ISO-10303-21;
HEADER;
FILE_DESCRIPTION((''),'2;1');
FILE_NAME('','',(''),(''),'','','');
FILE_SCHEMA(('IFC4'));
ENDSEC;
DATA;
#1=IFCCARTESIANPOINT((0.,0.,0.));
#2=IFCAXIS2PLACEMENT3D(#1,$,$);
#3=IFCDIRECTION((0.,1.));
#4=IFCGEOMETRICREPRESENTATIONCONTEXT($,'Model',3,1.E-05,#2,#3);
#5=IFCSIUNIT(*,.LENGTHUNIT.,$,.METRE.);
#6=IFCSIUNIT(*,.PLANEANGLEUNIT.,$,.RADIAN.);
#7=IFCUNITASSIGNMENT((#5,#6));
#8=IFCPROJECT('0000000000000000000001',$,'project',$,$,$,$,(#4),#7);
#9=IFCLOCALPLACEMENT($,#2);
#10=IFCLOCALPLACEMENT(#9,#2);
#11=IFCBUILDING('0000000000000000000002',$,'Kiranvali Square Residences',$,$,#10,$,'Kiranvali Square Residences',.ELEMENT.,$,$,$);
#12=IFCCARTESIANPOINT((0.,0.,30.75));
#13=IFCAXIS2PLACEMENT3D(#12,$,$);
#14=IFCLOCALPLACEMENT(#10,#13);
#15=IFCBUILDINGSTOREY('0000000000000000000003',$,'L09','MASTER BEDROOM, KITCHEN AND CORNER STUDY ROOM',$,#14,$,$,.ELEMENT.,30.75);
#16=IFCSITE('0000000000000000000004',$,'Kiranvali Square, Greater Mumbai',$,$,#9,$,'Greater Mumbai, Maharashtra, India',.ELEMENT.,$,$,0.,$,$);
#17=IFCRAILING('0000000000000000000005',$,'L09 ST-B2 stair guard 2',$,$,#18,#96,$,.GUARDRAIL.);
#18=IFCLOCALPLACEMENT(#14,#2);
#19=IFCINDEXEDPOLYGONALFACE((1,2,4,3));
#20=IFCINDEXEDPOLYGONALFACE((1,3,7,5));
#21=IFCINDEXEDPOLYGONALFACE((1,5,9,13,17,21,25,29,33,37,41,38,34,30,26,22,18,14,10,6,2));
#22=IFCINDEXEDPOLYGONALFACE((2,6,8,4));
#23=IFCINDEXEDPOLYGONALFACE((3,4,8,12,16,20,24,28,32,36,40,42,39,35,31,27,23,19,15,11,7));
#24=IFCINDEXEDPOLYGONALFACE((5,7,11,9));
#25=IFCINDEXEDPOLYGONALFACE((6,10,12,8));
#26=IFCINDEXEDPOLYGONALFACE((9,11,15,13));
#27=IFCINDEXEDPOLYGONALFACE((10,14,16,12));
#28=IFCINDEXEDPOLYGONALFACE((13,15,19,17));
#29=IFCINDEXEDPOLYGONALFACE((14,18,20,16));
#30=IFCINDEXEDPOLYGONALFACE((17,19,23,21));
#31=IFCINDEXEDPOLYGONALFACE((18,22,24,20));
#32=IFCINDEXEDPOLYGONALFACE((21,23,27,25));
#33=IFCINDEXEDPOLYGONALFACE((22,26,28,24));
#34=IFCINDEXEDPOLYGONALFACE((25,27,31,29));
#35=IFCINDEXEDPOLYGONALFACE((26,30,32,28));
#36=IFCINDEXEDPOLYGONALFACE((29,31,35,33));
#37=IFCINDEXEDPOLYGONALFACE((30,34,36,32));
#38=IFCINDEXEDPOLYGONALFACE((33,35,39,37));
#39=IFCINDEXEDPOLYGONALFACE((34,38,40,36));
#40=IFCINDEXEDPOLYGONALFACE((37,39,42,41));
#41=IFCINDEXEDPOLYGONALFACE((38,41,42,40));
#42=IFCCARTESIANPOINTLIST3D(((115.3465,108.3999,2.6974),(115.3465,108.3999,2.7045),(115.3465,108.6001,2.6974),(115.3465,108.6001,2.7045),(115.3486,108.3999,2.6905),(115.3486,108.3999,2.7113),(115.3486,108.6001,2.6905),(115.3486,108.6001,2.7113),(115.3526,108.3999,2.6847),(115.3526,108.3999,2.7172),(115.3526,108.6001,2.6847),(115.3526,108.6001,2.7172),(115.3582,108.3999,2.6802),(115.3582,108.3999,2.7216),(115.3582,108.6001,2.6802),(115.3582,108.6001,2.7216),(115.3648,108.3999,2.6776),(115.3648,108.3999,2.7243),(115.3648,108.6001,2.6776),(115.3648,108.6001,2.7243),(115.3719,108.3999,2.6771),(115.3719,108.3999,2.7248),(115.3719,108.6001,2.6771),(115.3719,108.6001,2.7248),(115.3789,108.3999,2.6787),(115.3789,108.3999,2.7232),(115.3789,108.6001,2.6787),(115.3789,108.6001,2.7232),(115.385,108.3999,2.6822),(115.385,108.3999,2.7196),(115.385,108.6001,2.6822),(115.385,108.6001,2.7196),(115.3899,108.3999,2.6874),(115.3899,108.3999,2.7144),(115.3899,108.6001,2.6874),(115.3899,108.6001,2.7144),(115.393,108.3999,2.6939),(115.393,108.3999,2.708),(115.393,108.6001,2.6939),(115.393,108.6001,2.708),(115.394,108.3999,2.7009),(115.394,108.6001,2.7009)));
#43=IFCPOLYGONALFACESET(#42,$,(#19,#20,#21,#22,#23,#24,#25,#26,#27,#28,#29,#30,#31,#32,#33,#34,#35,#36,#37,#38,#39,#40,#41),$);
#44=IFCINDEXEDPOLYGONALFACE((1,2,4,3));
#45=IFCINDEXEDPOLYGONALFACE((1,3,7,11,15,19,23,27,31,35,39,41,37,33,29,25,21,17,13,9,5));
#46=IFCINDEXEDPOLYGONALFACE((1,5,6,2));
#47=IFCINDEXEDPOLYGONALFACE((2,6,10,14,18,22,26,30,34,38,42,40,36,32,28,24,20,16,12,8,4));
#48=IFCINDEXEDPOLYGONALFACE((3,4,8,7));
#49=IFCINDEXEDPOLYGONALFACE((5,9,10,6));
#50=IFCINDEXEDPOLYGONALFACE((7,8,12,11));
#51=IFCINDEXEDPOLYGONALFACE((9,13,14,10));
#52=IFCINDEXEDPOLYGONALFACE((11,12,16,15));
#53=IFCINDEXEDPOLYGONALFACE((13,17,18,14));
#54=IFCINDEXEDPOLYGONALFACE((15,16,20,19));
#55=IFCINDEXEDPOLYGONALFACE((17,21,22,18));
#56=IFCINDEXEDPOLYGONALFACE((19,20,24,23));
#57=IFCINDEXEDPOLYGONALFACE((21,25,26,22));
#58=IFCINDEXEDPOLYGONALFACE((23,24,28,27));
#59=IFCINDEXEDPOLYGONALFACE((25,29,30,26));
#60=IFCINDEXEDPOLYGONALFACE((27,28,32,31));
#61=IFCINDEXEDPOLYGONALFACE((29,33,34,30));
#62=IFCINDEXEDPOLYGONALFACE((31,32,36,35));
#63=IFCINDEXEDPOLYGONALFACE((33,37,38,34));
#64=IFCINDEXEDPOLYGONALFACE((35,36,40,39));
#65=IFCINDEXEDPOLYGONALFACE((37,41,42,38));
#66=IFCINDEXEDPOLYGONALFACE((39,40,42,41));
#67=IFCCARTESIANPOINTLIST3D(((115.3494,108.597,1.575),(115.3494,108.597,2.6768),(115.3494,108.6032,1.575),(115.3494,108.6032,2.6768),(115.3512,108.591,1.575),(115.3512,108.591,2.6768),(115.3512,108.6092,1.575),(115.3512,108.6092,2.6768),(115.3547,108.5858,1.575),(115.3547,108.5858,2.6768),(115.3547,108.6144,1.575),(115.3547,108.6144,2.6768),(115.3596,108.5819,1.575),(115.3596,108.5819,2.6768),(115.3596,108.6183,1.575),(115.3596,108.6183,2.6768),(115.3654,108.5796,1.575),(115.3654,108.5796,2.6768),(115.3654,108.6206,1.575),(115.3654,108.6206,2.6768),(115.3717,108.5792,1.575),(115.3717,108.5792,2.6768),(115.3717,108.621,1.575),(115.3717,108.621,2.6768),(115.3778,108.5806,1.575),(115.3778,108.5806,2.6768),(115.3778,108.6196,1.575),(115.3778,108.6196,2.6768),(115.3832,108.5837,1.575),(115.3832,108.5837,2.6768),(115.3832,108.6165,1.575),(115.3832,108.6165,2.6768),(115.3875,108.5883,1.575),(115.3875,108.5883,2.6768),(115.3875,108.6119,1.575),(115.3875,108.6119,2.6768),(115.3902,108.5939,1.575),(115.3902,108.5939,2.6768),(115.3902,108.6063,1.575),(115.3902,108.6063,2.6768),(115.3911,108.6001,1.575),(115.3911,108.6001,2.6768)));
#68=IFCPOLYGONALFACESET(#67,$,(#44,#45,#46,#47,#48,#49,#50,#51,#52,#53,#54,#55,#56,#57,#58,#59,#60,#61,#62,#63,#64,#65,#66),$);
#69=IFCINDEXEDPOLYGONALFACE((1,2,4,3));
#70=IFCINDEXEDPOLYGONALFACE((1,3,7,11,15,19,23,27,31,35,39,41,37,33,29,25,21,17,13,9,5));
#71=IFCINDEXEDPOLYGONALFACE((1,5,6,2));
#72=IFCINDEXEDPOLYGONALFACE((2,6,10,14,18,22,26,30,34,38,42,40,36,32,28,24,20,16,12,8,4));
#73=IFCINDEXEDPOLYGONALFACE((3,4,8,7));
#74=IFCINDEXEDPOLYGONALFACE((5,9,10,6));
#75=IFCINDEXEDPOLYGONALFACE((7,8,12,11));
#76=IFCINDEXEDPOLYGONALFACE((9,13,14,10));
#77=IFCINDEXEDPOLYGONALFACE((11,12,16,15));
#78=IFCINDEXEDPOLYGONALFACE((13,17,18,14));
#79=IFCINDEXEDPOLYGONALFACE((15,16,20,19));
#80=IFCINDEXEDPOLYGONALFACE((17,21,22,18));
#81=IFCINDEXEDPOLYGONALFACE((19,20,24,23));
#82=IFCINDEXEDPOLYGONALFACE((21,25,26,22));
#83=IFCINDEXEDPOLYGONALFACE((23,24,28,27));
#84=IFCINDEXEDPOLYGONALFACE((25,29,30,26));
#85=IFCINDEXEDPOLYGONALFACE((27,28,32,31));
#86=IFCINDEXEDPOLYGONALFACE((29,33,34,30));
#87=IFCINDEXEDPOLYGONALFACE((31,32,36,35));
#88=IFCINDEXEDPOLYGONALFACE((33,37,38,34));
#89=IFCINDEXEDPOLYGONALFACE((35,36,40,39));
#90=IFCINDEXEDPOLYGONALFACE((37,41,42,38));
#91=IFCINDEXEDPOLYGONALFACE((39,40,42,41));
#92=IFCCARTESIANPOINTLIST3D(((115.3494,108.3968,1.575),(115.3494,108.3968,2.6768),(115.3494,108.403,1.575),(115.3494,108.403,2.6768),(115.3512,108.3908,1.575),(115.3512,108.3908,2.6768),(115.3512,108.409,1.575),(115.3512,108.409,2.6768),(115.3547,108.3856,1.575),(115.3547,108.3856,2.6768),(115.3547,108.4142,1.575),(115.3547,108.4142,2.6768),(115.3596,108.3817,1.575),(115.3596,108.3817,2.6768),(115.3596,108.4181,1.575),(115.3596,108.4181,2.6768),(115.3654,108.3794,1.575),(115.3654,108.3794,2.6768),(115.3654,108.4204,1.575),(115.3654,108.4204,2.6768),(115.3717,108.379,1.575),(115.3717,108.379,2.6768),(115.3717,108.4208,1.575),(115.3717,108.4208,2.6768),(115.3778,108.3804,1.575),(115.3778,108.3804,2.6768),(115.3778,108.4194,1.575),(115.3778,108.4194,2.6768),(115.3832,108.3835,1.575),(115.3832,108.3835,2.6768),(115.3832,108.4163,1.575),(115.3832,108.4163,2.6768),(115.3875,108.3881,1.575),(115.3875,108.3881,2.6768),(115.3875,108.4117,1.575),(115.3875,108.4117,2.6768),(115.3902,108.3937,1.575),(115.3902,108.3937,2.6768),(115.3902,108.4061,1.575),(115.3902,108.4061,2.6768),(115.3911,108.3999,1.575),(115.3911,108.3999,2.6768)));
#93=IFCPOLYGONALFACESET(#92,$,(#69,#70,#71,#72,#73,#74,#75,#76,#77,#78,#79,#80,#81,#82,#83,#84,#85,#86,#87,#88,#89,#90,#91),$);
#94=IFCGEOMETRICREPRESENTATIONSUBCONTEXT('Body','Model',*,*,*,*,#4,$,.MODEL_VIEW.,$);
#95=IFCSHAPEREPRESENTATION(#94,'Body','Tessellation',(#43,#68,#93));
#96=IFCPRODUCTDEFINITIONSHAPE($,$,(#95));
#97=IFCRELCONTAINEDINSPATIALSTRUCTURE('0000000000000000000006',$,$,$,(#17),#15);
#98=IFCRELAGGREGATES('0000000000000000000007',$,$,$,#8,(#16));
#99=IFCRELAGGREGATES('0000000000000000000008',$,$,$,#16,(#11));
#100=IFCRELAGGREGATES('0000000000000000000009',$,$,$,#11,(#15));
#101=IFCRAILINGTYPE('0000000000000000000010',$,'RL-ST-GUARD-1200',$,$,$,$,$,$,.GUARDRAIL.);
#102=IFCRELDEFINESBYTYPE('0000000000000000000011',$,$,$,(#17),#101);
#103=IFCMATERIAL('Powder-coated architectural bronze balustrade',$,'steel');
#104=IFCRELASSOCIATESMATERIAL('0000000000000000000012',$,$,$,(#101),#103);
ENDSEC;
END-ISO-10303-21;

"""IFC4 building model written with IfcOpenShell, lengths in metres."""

from ifc_helpers import new_model, si_unit, direction, frame, origin, origin_2d, place, context, subcontext, project, spatial, circle, extrude, material, type_object, element, save


model = new_model("IFC4")

# Units and contexts
model_context = context("Model", 3, precision=1e-05, world=origin(), true_north=direction((0.0, 1.0)))
body_context = subcontext(model_context, "Body", "Model", "MODEL_VIEW")
ifc_project = project(units=[si_unit("LENGTHUNIT", "METRE"), si_unit("PLANEANGLEUNIT", "RADIAN")], contexts=[model_context])

# Site, building, storey
site_placement = place(None, origin())
site = spatial("IfcSite", under=ifc_project, at=site_placement, Name="Kiranvali Square, Greater Mumbai", LongName="Greater Mumbai, Maharashtra, India", CompositionType="ELEMENT", RefElevation=0.0)
building_placement = place(site_placement, origin())
building = spatial("IfcBuilding", under=site, at=building_placement, Name="Kiranvali Square Residences", LongName="Kiranvali Square Residences", CompositionType="ELEMENT")
storey_placement = place(building_placement, frame((0.0, 0.0, 30.75)))
storey = spatial("IfcBuildingStorey", under=building, at=storey_placement, Name="L09", Description="MASTER BEDROOM, KITCHEN AND CORNER STUDY ROOM", CompositionType="ELEMENT", Elevation=30.75)

# Railing
ifc_material_1 = material(Name="Powder-coated architectural bronze balustrade", Category="steel")
railing_type_1 = type_object("IfcRailingType", Name="RL-ST-GUARD-1200", PredefinedType="GUARDRAIL", material=ifc_material_1)
railing_1_placement = place(storey_placement, frame((115.3701, 108.6001, 1.575)))
element("IfcRailing", 1, at=railing_1_placement, inside=storey, type_object=railing_type_1, Name="L09 ST-B2 stair guard 2", PredefinedType="GUARDRAIL", context=body_context, shape_type="SweptSolid", body=[
    extrude(circle(Radius=0.0239, at=origin_2d()), frame((0.0, 0.0, 1.126), z_axis=(0.0, -1.0, 0.0), x_axis=(1.0, 0.0, 0.0)), (0.0, 0.0, 1.0), 0.2002),
    extrude(circle(Radius=0.021, at=origin_2d()), origin(), (0.0, 0.0, 1.0), 1.1018),
    extrude(circle(Radius=0.021, at=origin_2d()), frame((0.0, -0.2002, 0.0)), (0.0, 0.0, 1.0), 1.1018),
])

save(model, "model.ifc")
